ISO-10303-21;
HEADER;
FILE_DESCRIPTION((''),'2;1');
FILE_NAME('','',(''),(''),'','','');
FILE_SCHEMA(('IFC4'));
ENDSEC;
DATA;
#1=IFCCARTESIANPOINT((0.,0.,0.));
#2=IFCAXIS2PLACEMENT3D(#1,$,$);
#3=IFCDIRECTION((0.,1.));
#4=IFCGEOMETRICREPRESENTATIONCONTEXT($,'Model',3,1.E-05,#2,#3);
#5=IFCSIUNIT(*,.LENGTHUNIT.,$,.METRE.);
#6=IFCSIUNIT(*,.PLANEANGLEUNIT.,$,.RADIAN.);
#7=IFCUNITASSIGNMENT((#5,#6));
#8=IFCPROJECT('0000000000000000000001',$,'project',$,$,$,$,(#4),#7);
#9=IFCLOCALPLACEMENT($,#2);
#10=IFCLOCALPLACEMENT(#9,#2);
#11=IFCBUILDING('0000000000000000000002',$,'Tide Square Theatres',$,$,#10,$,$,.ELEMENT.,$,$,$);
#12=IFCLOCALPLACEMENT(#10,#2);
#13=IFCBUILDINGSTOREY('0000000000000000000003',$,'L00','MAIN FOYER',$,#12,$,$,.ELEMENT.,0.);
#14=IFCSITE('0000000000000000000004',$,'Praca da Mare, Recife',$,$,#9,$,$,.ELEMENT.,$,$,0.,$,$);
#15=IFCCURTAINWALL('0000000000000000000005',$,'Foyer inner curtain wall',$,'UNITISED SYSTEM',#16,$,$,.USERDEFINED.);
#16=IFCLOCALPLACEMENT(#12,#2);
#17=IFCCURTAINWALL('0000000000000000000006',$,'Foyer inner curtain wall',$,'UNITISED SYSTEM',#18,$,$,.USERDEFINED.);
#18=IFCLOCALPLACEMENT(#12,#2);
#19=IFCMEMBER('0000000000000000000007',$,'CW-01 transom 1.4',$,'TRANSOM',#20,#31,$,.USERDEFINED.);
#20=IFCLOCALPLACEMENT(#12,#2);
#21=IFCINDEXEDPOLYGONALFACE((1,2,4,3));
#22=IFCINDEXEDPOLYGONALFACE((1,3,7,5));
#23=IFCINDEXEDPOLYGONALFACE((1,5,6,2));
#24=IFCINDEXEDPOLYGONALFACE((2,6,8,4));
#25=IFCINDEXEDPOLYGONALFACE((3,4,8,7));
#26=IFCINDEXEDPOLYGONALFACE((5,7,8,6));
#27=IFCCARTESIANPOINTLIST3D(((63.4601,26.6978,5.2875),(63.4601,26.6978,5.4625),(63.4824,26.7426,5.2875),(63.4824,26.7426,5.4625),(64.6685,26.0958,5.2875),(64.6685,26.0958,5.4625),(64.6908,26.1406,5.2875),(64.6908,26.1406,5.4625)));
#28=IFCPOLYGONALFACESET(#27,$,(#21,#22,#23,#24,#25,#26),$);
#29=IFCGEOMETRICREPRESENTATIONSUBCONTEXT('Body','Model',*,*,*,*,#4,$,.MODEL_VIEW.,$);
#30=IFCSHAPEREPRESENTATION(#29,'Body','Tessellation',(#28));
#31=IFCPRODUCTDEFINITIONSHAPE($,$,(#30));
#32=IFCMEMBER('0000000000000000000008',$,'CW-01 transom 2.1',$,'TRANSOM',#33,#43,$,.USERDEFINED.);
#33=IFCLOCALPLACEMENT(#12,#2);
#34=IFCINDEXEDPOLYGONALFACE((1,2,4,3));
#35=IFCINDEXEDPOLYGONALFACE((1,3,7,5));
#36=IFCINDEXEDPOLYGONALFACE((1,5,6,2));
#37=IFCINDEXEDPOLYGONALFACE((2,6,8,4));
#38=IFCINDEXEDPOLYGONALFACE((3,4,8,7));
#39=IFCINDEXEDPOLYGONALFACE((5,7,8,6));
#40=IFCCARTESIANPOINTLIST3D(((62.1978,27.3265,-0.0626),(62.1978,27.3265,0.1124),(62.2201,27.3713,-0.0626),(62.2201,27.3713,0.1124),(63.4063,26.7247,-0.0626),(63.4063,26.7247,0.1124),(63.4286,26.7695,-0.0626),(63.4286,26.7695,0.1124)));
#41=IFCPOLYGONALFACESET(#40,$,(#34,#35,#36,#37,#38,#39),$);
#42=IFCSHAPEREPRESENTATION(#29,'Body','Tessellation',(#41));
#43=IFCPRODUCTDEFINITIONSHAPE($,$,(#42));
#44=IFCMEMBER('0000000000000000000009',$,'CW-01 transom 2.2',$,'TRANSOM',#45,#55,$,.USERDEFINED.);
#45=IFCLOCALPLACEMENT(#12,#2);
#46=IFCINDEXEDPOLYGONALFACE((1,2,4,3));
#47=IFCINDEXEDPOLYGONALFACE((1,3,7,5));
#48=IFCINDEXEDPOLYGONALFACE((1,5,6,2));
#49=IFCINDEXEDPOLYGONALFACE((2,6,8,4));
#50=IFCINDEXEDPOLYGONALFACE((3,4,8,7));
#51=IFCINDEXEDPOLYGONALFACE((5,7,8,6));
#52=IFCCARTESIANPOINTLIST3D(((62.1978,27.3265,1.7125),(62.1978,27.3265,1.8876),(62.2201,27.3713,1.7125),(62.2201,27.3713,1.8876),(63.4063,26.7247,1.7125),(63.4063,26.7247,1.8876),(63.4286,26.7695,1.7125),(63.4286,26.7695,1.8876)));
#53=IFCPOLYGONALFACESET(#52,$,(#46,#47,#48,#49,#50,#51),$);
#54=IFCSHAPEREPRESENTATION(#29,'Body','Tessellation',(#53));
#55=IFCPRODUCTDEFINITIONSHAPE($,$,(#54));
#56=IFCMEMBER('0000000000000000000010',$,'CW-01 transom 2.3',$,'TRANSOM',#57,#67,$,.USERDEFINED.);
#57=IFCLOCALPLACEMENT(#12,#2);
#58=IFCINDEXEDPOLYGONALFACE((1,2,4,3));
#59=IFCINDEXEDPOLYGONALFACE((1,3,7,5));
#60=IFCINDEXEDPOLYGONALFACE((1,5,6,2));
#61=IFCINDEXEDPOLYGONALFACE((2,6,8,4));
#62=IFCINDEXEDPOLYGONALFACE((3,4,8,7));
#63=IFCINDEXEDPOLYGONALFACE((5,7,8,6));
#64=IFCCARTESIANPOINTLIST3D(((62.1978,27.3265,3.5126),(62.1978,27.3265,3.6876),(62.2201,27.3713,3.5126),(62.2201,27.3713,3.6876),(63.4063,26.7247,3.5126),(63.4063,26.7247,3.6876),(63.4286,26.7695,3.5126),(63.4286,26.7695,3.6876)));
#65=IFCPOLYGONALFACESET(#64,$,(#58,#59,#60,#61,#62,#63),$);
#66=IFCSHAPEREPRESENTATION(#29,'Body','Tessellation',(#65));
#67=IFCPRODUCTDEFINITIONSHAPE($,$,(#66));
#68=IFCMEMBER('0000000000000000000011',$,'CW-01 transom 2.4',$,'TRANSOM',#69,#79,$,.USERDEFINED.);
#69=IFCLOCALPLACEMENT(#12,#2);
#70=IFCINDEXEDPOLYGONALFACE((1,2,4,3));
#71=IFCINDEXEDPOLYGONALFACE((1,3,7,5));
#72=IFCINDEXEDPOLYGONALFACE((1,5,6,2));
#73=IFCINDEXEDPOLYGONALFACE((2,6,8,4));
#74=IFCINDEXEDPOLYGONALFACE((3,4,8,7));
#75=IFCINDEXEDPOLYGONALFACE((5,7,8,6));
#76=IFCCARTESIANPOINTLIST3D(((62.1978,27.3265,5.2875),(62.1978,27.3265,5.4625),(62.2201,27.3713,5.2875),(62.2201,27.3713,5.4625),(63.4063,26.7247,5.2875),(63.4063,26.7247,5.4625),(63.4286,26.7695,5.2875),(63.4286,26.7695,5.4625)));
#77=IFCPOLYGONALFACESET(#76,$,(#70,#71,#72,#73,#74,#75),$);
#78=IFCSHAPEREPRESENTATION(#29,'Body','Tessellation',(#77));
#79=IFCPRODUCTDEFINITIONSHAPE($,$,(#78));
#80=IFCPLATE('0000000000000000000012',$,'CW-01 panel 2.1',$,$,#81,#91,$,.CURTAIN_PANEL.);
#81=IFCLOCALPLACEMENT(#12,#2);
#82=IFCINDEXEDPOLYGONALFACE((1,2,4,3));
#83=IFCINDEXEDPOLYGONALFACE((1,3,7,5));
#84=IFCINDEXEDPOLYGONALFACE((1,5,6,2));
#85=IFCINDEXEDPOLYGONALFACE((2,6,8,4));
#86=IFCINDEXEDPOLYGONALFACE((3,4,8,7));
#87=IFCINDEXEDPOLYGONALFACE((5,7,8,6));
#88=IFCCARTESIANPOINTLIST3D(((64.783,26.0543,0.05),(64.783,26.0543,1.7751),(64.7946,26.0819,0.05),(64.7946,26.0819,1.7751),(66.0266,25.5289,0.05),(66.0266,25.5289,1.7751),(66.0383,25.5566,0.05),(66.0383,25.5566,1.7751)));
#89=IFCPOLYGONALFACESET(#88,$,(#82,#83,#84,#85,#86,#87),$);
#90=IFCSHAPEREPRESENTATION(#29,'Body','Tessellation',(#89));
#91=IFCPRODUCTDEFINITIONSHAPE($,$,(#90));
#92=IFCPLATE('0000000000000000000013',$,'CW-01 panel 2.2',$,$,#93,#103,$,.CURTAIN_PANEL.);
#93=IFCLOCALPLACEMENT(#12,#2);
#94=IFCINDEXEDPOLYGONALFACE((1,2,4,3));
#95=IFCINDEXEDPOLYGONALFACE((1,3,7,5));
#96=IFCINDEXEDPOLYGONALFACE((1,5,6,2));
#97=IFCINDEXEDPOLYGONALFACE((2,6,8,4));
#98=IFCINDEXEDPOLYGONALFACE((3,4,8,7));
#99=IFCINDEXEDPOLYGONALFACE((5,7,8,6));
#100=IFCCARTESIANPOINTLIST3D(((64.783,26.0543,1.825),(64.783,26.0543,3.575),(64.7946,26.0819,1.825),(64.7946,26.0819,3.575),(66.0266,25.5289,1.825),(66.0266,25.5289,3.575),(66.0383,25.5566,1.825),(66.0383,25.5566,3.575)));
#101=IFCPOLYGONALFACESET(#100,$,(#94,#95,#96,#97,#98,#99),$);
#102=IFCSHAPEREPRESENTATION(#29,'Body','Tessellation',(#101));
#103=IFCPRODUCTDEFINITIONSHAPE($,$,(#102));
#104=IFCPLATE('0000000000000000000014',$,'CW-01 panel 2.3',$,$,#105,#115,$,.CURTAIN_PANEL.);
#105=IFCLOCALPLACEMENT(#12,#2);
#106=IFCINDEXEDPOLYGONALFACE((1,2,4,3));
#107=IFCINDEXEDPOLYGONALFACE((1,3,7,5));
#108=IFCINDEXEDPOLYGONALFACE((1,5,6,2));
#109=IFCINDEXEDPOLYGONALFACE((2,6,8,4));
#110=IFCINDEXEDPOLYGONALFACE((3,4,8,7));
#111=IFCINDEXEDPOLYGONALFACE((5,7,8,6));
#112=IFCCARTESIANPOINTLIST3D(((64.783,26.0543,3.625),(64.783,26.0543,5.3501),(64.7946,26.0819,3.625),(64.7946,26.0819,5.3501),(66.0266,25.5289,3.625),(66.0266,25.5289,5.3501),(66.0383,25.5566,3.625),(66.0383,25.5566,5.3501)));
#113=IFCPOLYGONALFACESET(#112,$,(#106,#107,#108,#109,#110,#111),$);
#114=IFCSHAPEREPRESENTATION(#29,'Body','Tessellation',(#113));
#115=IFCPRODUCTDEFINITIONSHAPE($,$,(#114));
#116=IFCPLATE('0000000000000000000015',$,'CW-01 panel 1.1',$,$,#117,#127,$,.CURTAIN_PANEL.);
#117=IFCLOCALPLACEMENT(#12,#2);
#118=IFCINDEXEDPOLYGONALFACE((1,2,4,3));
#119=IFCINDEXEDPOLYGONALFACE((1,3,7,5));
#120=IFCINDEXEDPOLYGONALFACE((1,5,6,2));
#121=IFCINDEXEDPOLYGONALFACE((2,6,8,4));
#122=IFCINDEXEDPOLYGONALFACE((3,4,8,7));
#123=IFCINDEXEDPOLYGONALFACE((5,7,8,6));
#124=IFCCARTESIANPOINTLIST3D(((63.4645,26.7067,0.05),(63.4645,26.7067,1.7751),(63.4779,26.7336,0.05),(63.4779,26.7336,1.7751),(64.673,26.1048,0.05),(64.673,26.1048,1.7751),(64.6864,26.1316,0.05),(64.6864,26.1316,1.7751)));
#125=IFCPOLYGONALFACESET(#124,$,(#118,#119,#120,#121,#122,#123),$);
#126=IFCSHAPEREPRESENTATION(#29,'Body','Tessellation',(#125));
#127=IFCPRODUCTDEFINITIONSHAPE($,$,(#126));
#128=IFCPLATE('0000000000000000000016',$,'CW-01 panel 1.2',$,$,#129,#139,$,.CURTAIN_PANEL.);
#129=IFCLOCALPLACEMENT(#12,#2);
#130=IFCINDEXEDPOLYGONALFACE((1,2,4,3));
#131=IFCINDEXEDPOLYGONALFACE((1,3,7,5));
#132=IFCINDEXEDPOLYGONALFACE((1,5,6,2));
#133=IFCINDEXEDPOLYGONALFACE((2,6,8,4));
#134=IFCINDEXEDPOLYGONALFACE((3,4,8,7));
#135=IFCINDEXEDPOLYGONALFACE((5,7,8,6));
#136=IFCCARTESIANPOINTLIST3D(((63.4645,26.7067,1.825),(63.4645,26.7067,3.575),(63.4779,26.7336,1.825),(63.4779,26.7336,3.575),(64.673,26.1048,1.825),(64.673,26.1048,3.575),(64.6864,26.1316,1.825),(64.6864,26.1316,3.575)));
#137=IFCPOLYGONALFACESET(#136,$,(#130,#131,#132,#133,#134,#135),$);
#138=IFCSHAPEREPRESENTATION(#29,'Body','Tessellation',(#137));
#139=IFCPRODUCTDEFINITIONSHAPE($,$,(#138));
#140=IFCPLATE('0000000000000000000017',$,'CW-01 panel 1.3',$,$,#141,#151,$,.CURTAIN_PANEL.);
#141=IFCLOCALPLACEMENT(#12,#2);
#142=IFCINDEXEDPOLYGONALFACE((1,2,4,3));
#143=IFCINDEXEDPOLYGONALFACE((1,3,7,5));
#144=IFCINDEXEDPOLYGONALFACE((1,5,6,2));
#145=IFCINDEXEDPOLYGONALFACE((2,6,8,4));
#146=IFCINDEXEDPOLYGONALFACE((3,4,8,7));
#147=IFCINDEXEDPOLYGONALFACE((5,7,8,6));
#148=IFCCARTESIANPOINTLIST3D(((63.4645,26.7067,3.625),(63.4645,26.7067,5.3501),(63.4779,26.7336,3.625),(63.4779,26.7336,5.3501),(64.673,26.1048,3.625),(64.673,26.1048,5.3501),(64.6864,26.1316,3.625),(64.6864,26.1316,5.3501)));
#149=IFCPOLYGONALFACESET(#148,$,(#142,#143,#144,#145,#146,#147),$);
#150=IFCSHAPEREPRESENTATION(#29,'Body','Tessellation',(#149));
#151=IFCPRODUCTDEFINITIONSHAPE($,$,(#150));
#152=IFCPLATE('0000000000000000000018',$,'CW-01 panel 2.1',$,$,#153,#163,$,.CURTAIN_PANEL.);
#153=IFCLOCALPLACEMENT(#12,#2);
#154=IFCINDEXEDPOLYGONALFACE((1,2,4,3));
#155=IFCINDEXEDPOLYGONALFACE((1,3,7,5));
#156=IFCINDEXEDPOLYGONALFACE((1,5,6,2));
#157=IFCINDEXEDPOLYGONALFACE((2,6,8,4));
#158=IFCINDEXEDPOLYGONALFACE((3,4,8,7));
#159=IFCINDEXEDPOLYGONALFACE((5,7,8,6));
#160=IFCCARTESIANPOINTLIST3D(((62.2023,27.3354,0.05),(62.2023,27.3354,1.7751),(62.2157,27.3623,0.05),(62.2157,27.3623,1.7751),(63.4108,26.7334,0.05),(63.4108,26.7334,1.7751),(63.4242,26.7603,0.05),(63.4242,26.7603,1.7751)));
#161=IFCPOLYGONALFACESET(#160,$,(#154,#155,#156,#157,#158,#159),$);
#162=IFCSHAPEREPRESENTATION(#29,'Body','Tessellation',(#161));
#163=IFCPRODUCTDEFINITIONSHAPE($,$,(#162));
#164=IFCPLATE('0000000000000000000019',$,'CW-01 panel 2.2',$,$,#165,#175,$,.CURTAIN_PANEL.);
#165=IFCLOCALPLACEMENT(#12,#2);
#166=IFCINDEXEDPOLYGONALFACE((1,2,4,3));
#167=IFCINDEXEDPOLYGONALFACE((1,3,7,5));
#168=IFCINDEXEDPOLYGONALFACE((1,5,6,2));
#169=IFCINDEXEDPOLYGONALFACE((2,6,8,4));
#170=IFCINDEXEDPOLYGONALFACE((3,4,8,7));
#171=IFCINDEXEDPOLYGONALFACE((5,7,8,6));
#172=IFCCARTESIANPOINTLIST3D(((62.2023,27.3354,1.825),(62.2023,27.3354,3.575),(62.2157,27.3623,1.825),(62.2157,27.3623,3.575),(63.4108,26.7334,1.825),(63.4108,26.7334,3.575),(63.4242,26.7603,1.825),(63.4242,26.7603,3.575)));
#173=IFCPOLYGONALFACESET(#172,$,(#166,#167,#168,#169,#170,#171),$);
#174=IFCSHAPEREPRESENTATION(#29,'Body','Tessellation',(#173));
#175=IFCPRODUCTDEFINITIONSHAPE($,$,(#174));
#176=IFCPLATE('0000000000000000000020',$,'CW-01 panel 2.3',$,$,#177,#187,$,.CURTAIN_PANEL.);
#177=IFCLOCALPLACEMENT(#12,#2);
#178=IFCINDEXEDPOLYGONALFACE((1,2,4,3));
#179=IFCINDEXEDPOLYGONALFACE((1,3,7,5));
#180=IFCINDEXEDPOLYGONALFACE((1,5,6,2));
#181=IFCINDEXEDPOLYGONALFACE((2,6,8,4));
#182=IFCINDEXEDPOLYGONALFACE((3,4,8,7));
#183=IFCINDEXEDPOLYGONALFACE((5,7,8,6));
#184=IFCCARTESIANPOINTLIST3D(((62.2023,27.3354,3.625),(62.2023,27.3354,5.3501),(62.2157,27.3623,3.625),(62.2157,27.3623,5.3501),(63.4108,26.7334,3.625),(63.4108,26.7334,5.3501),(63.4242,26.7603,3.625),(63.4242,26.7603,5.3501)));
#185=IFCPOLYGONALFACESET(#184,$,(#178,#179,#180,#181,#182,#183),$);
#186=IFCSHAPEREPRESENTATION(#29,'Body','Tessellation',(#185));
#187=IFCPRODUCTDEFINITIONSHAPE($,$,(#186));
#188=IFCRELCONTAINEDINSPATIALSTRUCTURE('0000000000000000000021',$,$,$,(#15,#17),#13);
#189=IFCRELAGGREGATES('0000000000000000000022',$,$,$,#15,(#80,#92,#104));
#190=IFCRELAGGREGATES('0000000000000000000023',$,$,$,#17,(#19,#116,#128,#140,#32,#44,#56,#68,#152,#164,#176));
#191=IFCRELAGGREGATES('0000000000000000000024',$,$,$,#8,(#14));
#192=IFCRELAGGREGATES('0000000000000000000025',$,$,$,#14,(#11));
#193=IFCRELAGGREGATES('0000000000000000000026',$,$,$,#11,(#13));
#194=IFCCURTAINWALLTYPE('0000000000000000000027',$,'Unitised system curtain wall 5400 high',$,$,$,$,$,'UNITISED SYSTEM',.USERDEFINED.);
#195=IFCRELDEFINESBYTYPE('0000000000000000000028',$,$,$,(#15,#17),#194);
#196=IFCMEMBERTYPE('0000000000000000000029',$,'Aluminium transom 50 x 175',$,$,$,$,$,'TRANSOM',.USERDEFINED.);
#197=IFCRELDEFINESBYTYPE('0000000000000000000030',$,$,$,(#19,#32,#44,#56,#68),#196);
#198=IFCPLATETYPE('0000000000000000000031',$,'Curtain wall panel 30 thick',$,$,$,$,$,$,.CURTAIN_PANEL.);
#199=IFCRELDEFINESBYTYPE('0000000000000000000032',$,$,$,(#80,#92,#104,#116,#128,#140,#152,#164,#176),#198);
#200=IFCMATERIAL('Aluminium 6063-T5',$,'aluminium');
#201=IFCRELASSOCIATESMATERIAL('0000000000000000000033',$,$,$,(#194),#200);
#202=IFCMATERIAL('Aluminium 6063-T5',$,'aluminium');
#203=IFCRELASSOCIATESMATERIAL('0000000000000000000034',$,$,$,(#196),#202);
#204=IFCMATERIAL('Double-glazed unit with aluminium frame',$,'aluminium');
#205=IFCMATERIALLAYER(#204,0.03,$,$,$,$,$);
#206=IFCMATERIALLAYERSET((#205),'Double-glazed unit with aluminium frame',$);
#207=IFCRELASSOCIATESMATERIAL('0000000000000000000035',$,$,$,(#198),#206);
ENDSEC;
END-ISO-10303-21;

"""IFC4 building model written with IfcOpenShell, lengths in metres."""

from ifc_helpers import new_model, si_unit, direction, frame, origin, origin_2d, place, context, subcontext, project, spatial, rectangle, extrude, material, layer, layer_set, material_profile, profile_set, type_object, element, aggregate, save


model = new_model("IFC4")

# Units and contexts
model_context = context("Model", 3, precision=1e-05, world=origin(), true_north=direction((0.0, 1.0)))
body_context = subcontext(model_context, "Body", "Model", "MODEL_VIEW")
ifc_project = project(units=[si_unit("LENGTHUNIT", "METRE"), si_unit("PLANEANGLEUNIT", "RADIAN")], contexts=[model_context])

# Site, building, storey
site_placement = place(None, origin())
site = spatial("IfcSite", under=ifc_project, at=site_placement, Name="Praca da Mare, Recife", CompositionType="ELEMENT", RefElevation=0.0)
building_placement = place(site_placement, origin())
building = spatial("IfcBuilding", under=site, at=building_placement, Name="Tide Square Theatres", CompositionType="ELEMENT")
storey_placement = place(building_placement, origin())
storey = spatial("IfcBuildingStorey", under=building, at=storey_placement, Name="L00", Description="MAIN FOYER", CompositionType="ELEMENT", Elevation=0.0)

# Curtain wall
ifc_material_1 = material(Name="Aluminium 6063-T5", Category="aluminium")
curtain_wall_type = type_object("IfcCurtainWallType", Name="Unitised system curtain wall 5400 high", ElementType="UNITISED SYSTEM", PredefinedType="USERDEFINED", material=ifc_material_1)
curtain_wall_1_placement = place(storey_placement, origin())
curtain_wall_1 = element("IfcCurtainWall", 1, at=curtain_wall_1_placement, inside=storey, type_object=curtain_wall_type, Name="Foyer inner curtain wall", ObjectType="UNITISED SYSTEM", PredefinedType="USERDEFINED")

# Curtain wall
curtain_wall_2_placement = place(storey_placement, origin())
curtain_wall_2 = element("IfcCurtainWall", 2, at=curtain_wall_2_placement, inside=storey, type_object=curtain_wall_type, Name="Foyer inner curtain wall", ObjectType="UNITISED SYSTEM", PredefinedType="USERDEFINED")

# Members
ifc_material_2 = material(Name="Aluminium 6063-T5", Category="aluminium")
ifc_material_profile_1 = material_profile(ifc_material_2, rectangle(XDim=0.05, YDim=0.175, at=origin_2d()))
ifc_profile_set_1 = profile_set([ifc_material_profile_1], Name="Aluminium 6063-T5")
member_type_1 = type_object("IfcMemberType", Name="Aluminium transom 50 x 175", ElementType="TRANSOM", PredefinedType="USERDEFINED", material=ifc_profile_set_1)
member_1_placement = place(storey_placement, frame((64.6797, 26.1182, 5.375), z_axis=(-0.895077, 0.445911, 0.0), x_axis=(-0.445911, -0.895077, 0.0)))
member_1 = element("IfcMember", 3, at=member_1_placement, type_object=member_type_1, Name="CW-01 transom 1.4", ObjectType="TRANSOM", PredefinedType="USERDEFINED", context=body_context, shape_type="SweptSolid", body=[
    extrude(rectangle(XDim=0.05, YDim=0.175, at=origin_2d()), origin(), (0.0, 0.0, 1.0), 1.3501),
])
member_2_placement = place(storey_placement, frame((63.4175, 26.7471, 0.0249), z_axis=(-0.895149, 0.445766, 0.0), x_axis=(-0.445766, -0.895149, 0.0)))
member_2 = element("IfcMember", 4, at=member_2_placement, type_object=member_type_1, Name="CW-01 transom 2.1", ObjectType="TRANSOM", PredefinedType="USERDEFINED", context=body_context, shape_type="SweptSolid", body=[
    extrude(rectangle(XDim=0.05, YDim=0.175, at=origin_2d()), origin(), (0.0, 0.0, 1.0), 1.3501),
])
member_3_placement = place(storey_placement, frame((63.4175, 26.7471, 1.8), z_axis=(-0.895149, 0.445766, 0.0), x_axis=(-0.445766, -0.895149, 0.0)))
member_3 = element("IfcMember", 5, at=member_3_placement, type_object=member_type_1, Name="CW-01 transom 2.2", ObjectType="TRANSOM", PredefinedType="USERDEFINED", context=body_context, shape_type="SweptSolid", body=[
    extrude(rectangle(XDim=0.05, YDim=0.175, at=origin_2d()), origin(), (0.0, 0.0, 1.0), 1.3501),
])
member_4_placement = place(storey_placement, frame((63.4175, 26.7471, 3.6001), z_axis=(-0.895149, 0.445766, 0.0), x_axis=(-0.445766, -0.895149, 0.0)))
member_4 = element("IfcMember", 6, at=member_4_placement, type_object=member_type_1, Name="CW-01 transom 2.3", ObjectType="TRANSOM", PredefinedType="USERDEFINED", context=body_context, shape_type="SweptSolid", body=[
    extrude(rectangle(XDim=0.05, YDim=0.175, at=origin_2d()), origin(), (0.0, 0.0, 1.0), 1.3501),
])
member_5_placement = place(storey_placement, frame((63.4175, 26.7471, 5.375), z_axis=(-0.895149, 0.445766, 0.0), x_axis=(-0.445766, -0.895149, 0.0)))
member_5 = element("IfcMember", 7, at=member_5_placement, type_object=member_type_1, Name="CW-01 transom 2.4", ObjectType="TRANSOM", PredefinedType="USERDEFINED", context=body_context, shape_type="SweptSolid", body=[
    extrude(rectangle(XDim=0.05, YDim=0.175, at=origin_2d()), origin(), (0.0, 0.0, 1.0), 1.3501),
])

# Plates
ifc_material_3 = material(Name="Double-glazed unit with aluminium frame", Category="aluminium")
ifc_layer_1 = layer(ifc_material_3, 0.03)
ifc_layer_set_1 = layer_set([ifc_layer_1], Name="Double-glazed unit with aluminium frame")
plate_type = type_object("IfcPlateType", Name="Curtain wall panel 30 thick", PredefinedType="CURTAIN_PANEL", material=ifc_layer_set_1)
plate_1_placement = place(storey_placement, frame((65.4106, 25.8054, 0.05), z_axis=(0.0, 0.0, 1.0), x_axis=(-0.92118, 0.389137, 0.0)))
plate_1 = element("IfcPlate", 8, at=plate_1_placement, type_object=plate_type, Name="CW-01 panel 2.1", PredefinedType="CURTAIN_PANEL", context=body_context, shape_type="SweptSolid", body=[
    extrude(rectangle(XDim=1.3501, YDim=0.03, at=origin_2d()), origin(), (0.0, 0.0, 1.0), 1.7251),
])
plate_2_placement = place(storey_placement, frame((65.4106, 25.8054, 1.825), z_axis=(0.0, 0.0, 1.0), x_axis=(-0.92118, 0.389137, 0.0)))
plate_2 = element("IfcPlate", 9, at=plate_2_placement, type_object=plate_type, Name="CW-01 panel 2.2", PredefinedType="CURTAIN_PANEL", context=body_context, shape_type="SweptSolid", body=[
    extrude(rectangle(XDim=1.3501, YDim=0.03, at=origin_2d()), origin(), (0.0, 0.0, 1.0), 1.75),
])
plate_3_placement = place(storey_placement, frame((65.4106, 25.8054, 3.625), z_axis=(0.0, 0.0, 1.0), x_axis=(-0.92118, 0.389137, 0.0)))
plate_3 = element("IfcPlate", 10, at=plate_3_placement, type_object=plate_type, Name="CW-01 panel 2.3", PredefinedType="CURTAIN_PANEL", context=body_context, shape_type="SweptSolid", body=[
    extrude(rectangle(XDim=1.3501, YDim=0.03, at=origin_2d()), origin(), (0.0, 0.0, 1.0), 1.7251),
])
aggregate(curtain_wall_1, [plate_1, plate_2, plate_3])
plate_4_placement = place(storey_placement, frame((64.0754, 26.4192, 0.05), z_axis=(0.0, 0.0, 1.0), x_axis=(-0.8951, 0.445866, 0.0)))
plate_4 = element("IfcPlate", 11, at=plate_4_placement, type_object=plate_type, Name="CW-01 panel 1.1", PredefinedType="CURTAIN_PANEL", context=body_context, shape_type="SweptSolid", body=[
    extrude(rectangle(XDim=1.3501, YDim=0.03, at=origin_2d()), origin(), (0.0, 0.0, 1.0), 1.7251),
])
plate_5_placement = place(storey_placement, frame((64.0754, 26.4192, 1.825), z_axis=(0.0, 0.0, 1.0), x_axis=(-0.8951, 0.445866, 0.0)))
plate_5 = element("IfcPlate", 12, at=plate_5_placement, type_object=plate_type, Name="CW-01 panel 1.2", PredefinedType="CURTAIN_PANEL", context=body_context, shape_type="SweptSolid", body=[
    extrude(rectangle(XDim=1.3501, YDim=0.03, at=origin_2d()), origin(), (0.0, 0.0, 1.0), 1.75),
])
plate_6_placement = place(storey_placement, frame((64.0754, 26.4192, 3.625), z_axis=(0.0, 0.0, 1.0), x_axis=(-0.8951, 0.445866, 0.0)))
plate_6 = element("IfcPlate", 13, at=plate_6_placement, type_object=plate_type, Name="CW-01 panel 1.3", PredefinedType="CURTAIN_PANEL", context=body_context, shape_type="SweptSolid", body=[
    extrude(rectangle(XDim=1.3501, YDim=0.03, at=origin_2d()), origin(), (0.0, 0.0, 1.0), 1.7251),
])
plate_7_placement = place(storey_placement, frame((62.8132, 27.0479, 0.05), z_axis=(0.0, 0.0, 1.0), x_axis=(-0.8951, 0.445866, 0.0)))
plate_7 = element("IfcPlate", 14, at=plate_7_placement, type_object=plate_type, Name="CW-01 panel 2.1", PredefinedType="CURTAIN_PANEL", context=body_context, shape_type="SweptSolid", body=[
    extrude(rectangle(XDim=1.3501, YDim=0.03, at=origin_2d()), origin(), (0.0, 0.0, 1.0), 1.7251),
])
plate_8_placement = place(storey_placement, frame((62.8132, 27.0479, 1.825), z_axis=(0.0, 0.0, 1.0), x_axis=(-0.8951, 0.445866, 0.0)))
plate_8 = element("IfcPlate", 15, at=plate_8_placement, type_object=plate_type, Name="CW-01 panel 2.2", PredefinedType="CURTAIN_PANEL", context=body_context, shape_type="SweptSolid", body=[
    extrude(rectangle(XDim=1.3501, YDim=0.03, at=origin_2d()), origin(), (0.0, 0.0, 1.0), 1.75),
])
plate_9_placement = place(storey_placement, frame((62.8132, 27.0479, 3.625), z_axis=(0.0, 0.0, 1.0), x_axis=(-0.8951, 0.445866, 0.0)))
plate_9 = element("IfcPlate", 16, at=plate_9_placement, type_object=plate_type, Name="CW-01 panel 2.3", PredefinedType="CURTAIN_PANEL", context=body_context, shape_type="SweptSolid", body=[
    extrude(rectangle(XDim=1.3501, YDim=0.03, at=origin_2d()), origin(), (0.0, 0.0, 1.0), 1.7251),
])
aggregate(curtain_wall_2, [member_1, plate_4, plate_5, plate_6, member_2, member_3, member_4, member_5, plate_7, plate_8, plate_9])

save(model, "model.ifc")
